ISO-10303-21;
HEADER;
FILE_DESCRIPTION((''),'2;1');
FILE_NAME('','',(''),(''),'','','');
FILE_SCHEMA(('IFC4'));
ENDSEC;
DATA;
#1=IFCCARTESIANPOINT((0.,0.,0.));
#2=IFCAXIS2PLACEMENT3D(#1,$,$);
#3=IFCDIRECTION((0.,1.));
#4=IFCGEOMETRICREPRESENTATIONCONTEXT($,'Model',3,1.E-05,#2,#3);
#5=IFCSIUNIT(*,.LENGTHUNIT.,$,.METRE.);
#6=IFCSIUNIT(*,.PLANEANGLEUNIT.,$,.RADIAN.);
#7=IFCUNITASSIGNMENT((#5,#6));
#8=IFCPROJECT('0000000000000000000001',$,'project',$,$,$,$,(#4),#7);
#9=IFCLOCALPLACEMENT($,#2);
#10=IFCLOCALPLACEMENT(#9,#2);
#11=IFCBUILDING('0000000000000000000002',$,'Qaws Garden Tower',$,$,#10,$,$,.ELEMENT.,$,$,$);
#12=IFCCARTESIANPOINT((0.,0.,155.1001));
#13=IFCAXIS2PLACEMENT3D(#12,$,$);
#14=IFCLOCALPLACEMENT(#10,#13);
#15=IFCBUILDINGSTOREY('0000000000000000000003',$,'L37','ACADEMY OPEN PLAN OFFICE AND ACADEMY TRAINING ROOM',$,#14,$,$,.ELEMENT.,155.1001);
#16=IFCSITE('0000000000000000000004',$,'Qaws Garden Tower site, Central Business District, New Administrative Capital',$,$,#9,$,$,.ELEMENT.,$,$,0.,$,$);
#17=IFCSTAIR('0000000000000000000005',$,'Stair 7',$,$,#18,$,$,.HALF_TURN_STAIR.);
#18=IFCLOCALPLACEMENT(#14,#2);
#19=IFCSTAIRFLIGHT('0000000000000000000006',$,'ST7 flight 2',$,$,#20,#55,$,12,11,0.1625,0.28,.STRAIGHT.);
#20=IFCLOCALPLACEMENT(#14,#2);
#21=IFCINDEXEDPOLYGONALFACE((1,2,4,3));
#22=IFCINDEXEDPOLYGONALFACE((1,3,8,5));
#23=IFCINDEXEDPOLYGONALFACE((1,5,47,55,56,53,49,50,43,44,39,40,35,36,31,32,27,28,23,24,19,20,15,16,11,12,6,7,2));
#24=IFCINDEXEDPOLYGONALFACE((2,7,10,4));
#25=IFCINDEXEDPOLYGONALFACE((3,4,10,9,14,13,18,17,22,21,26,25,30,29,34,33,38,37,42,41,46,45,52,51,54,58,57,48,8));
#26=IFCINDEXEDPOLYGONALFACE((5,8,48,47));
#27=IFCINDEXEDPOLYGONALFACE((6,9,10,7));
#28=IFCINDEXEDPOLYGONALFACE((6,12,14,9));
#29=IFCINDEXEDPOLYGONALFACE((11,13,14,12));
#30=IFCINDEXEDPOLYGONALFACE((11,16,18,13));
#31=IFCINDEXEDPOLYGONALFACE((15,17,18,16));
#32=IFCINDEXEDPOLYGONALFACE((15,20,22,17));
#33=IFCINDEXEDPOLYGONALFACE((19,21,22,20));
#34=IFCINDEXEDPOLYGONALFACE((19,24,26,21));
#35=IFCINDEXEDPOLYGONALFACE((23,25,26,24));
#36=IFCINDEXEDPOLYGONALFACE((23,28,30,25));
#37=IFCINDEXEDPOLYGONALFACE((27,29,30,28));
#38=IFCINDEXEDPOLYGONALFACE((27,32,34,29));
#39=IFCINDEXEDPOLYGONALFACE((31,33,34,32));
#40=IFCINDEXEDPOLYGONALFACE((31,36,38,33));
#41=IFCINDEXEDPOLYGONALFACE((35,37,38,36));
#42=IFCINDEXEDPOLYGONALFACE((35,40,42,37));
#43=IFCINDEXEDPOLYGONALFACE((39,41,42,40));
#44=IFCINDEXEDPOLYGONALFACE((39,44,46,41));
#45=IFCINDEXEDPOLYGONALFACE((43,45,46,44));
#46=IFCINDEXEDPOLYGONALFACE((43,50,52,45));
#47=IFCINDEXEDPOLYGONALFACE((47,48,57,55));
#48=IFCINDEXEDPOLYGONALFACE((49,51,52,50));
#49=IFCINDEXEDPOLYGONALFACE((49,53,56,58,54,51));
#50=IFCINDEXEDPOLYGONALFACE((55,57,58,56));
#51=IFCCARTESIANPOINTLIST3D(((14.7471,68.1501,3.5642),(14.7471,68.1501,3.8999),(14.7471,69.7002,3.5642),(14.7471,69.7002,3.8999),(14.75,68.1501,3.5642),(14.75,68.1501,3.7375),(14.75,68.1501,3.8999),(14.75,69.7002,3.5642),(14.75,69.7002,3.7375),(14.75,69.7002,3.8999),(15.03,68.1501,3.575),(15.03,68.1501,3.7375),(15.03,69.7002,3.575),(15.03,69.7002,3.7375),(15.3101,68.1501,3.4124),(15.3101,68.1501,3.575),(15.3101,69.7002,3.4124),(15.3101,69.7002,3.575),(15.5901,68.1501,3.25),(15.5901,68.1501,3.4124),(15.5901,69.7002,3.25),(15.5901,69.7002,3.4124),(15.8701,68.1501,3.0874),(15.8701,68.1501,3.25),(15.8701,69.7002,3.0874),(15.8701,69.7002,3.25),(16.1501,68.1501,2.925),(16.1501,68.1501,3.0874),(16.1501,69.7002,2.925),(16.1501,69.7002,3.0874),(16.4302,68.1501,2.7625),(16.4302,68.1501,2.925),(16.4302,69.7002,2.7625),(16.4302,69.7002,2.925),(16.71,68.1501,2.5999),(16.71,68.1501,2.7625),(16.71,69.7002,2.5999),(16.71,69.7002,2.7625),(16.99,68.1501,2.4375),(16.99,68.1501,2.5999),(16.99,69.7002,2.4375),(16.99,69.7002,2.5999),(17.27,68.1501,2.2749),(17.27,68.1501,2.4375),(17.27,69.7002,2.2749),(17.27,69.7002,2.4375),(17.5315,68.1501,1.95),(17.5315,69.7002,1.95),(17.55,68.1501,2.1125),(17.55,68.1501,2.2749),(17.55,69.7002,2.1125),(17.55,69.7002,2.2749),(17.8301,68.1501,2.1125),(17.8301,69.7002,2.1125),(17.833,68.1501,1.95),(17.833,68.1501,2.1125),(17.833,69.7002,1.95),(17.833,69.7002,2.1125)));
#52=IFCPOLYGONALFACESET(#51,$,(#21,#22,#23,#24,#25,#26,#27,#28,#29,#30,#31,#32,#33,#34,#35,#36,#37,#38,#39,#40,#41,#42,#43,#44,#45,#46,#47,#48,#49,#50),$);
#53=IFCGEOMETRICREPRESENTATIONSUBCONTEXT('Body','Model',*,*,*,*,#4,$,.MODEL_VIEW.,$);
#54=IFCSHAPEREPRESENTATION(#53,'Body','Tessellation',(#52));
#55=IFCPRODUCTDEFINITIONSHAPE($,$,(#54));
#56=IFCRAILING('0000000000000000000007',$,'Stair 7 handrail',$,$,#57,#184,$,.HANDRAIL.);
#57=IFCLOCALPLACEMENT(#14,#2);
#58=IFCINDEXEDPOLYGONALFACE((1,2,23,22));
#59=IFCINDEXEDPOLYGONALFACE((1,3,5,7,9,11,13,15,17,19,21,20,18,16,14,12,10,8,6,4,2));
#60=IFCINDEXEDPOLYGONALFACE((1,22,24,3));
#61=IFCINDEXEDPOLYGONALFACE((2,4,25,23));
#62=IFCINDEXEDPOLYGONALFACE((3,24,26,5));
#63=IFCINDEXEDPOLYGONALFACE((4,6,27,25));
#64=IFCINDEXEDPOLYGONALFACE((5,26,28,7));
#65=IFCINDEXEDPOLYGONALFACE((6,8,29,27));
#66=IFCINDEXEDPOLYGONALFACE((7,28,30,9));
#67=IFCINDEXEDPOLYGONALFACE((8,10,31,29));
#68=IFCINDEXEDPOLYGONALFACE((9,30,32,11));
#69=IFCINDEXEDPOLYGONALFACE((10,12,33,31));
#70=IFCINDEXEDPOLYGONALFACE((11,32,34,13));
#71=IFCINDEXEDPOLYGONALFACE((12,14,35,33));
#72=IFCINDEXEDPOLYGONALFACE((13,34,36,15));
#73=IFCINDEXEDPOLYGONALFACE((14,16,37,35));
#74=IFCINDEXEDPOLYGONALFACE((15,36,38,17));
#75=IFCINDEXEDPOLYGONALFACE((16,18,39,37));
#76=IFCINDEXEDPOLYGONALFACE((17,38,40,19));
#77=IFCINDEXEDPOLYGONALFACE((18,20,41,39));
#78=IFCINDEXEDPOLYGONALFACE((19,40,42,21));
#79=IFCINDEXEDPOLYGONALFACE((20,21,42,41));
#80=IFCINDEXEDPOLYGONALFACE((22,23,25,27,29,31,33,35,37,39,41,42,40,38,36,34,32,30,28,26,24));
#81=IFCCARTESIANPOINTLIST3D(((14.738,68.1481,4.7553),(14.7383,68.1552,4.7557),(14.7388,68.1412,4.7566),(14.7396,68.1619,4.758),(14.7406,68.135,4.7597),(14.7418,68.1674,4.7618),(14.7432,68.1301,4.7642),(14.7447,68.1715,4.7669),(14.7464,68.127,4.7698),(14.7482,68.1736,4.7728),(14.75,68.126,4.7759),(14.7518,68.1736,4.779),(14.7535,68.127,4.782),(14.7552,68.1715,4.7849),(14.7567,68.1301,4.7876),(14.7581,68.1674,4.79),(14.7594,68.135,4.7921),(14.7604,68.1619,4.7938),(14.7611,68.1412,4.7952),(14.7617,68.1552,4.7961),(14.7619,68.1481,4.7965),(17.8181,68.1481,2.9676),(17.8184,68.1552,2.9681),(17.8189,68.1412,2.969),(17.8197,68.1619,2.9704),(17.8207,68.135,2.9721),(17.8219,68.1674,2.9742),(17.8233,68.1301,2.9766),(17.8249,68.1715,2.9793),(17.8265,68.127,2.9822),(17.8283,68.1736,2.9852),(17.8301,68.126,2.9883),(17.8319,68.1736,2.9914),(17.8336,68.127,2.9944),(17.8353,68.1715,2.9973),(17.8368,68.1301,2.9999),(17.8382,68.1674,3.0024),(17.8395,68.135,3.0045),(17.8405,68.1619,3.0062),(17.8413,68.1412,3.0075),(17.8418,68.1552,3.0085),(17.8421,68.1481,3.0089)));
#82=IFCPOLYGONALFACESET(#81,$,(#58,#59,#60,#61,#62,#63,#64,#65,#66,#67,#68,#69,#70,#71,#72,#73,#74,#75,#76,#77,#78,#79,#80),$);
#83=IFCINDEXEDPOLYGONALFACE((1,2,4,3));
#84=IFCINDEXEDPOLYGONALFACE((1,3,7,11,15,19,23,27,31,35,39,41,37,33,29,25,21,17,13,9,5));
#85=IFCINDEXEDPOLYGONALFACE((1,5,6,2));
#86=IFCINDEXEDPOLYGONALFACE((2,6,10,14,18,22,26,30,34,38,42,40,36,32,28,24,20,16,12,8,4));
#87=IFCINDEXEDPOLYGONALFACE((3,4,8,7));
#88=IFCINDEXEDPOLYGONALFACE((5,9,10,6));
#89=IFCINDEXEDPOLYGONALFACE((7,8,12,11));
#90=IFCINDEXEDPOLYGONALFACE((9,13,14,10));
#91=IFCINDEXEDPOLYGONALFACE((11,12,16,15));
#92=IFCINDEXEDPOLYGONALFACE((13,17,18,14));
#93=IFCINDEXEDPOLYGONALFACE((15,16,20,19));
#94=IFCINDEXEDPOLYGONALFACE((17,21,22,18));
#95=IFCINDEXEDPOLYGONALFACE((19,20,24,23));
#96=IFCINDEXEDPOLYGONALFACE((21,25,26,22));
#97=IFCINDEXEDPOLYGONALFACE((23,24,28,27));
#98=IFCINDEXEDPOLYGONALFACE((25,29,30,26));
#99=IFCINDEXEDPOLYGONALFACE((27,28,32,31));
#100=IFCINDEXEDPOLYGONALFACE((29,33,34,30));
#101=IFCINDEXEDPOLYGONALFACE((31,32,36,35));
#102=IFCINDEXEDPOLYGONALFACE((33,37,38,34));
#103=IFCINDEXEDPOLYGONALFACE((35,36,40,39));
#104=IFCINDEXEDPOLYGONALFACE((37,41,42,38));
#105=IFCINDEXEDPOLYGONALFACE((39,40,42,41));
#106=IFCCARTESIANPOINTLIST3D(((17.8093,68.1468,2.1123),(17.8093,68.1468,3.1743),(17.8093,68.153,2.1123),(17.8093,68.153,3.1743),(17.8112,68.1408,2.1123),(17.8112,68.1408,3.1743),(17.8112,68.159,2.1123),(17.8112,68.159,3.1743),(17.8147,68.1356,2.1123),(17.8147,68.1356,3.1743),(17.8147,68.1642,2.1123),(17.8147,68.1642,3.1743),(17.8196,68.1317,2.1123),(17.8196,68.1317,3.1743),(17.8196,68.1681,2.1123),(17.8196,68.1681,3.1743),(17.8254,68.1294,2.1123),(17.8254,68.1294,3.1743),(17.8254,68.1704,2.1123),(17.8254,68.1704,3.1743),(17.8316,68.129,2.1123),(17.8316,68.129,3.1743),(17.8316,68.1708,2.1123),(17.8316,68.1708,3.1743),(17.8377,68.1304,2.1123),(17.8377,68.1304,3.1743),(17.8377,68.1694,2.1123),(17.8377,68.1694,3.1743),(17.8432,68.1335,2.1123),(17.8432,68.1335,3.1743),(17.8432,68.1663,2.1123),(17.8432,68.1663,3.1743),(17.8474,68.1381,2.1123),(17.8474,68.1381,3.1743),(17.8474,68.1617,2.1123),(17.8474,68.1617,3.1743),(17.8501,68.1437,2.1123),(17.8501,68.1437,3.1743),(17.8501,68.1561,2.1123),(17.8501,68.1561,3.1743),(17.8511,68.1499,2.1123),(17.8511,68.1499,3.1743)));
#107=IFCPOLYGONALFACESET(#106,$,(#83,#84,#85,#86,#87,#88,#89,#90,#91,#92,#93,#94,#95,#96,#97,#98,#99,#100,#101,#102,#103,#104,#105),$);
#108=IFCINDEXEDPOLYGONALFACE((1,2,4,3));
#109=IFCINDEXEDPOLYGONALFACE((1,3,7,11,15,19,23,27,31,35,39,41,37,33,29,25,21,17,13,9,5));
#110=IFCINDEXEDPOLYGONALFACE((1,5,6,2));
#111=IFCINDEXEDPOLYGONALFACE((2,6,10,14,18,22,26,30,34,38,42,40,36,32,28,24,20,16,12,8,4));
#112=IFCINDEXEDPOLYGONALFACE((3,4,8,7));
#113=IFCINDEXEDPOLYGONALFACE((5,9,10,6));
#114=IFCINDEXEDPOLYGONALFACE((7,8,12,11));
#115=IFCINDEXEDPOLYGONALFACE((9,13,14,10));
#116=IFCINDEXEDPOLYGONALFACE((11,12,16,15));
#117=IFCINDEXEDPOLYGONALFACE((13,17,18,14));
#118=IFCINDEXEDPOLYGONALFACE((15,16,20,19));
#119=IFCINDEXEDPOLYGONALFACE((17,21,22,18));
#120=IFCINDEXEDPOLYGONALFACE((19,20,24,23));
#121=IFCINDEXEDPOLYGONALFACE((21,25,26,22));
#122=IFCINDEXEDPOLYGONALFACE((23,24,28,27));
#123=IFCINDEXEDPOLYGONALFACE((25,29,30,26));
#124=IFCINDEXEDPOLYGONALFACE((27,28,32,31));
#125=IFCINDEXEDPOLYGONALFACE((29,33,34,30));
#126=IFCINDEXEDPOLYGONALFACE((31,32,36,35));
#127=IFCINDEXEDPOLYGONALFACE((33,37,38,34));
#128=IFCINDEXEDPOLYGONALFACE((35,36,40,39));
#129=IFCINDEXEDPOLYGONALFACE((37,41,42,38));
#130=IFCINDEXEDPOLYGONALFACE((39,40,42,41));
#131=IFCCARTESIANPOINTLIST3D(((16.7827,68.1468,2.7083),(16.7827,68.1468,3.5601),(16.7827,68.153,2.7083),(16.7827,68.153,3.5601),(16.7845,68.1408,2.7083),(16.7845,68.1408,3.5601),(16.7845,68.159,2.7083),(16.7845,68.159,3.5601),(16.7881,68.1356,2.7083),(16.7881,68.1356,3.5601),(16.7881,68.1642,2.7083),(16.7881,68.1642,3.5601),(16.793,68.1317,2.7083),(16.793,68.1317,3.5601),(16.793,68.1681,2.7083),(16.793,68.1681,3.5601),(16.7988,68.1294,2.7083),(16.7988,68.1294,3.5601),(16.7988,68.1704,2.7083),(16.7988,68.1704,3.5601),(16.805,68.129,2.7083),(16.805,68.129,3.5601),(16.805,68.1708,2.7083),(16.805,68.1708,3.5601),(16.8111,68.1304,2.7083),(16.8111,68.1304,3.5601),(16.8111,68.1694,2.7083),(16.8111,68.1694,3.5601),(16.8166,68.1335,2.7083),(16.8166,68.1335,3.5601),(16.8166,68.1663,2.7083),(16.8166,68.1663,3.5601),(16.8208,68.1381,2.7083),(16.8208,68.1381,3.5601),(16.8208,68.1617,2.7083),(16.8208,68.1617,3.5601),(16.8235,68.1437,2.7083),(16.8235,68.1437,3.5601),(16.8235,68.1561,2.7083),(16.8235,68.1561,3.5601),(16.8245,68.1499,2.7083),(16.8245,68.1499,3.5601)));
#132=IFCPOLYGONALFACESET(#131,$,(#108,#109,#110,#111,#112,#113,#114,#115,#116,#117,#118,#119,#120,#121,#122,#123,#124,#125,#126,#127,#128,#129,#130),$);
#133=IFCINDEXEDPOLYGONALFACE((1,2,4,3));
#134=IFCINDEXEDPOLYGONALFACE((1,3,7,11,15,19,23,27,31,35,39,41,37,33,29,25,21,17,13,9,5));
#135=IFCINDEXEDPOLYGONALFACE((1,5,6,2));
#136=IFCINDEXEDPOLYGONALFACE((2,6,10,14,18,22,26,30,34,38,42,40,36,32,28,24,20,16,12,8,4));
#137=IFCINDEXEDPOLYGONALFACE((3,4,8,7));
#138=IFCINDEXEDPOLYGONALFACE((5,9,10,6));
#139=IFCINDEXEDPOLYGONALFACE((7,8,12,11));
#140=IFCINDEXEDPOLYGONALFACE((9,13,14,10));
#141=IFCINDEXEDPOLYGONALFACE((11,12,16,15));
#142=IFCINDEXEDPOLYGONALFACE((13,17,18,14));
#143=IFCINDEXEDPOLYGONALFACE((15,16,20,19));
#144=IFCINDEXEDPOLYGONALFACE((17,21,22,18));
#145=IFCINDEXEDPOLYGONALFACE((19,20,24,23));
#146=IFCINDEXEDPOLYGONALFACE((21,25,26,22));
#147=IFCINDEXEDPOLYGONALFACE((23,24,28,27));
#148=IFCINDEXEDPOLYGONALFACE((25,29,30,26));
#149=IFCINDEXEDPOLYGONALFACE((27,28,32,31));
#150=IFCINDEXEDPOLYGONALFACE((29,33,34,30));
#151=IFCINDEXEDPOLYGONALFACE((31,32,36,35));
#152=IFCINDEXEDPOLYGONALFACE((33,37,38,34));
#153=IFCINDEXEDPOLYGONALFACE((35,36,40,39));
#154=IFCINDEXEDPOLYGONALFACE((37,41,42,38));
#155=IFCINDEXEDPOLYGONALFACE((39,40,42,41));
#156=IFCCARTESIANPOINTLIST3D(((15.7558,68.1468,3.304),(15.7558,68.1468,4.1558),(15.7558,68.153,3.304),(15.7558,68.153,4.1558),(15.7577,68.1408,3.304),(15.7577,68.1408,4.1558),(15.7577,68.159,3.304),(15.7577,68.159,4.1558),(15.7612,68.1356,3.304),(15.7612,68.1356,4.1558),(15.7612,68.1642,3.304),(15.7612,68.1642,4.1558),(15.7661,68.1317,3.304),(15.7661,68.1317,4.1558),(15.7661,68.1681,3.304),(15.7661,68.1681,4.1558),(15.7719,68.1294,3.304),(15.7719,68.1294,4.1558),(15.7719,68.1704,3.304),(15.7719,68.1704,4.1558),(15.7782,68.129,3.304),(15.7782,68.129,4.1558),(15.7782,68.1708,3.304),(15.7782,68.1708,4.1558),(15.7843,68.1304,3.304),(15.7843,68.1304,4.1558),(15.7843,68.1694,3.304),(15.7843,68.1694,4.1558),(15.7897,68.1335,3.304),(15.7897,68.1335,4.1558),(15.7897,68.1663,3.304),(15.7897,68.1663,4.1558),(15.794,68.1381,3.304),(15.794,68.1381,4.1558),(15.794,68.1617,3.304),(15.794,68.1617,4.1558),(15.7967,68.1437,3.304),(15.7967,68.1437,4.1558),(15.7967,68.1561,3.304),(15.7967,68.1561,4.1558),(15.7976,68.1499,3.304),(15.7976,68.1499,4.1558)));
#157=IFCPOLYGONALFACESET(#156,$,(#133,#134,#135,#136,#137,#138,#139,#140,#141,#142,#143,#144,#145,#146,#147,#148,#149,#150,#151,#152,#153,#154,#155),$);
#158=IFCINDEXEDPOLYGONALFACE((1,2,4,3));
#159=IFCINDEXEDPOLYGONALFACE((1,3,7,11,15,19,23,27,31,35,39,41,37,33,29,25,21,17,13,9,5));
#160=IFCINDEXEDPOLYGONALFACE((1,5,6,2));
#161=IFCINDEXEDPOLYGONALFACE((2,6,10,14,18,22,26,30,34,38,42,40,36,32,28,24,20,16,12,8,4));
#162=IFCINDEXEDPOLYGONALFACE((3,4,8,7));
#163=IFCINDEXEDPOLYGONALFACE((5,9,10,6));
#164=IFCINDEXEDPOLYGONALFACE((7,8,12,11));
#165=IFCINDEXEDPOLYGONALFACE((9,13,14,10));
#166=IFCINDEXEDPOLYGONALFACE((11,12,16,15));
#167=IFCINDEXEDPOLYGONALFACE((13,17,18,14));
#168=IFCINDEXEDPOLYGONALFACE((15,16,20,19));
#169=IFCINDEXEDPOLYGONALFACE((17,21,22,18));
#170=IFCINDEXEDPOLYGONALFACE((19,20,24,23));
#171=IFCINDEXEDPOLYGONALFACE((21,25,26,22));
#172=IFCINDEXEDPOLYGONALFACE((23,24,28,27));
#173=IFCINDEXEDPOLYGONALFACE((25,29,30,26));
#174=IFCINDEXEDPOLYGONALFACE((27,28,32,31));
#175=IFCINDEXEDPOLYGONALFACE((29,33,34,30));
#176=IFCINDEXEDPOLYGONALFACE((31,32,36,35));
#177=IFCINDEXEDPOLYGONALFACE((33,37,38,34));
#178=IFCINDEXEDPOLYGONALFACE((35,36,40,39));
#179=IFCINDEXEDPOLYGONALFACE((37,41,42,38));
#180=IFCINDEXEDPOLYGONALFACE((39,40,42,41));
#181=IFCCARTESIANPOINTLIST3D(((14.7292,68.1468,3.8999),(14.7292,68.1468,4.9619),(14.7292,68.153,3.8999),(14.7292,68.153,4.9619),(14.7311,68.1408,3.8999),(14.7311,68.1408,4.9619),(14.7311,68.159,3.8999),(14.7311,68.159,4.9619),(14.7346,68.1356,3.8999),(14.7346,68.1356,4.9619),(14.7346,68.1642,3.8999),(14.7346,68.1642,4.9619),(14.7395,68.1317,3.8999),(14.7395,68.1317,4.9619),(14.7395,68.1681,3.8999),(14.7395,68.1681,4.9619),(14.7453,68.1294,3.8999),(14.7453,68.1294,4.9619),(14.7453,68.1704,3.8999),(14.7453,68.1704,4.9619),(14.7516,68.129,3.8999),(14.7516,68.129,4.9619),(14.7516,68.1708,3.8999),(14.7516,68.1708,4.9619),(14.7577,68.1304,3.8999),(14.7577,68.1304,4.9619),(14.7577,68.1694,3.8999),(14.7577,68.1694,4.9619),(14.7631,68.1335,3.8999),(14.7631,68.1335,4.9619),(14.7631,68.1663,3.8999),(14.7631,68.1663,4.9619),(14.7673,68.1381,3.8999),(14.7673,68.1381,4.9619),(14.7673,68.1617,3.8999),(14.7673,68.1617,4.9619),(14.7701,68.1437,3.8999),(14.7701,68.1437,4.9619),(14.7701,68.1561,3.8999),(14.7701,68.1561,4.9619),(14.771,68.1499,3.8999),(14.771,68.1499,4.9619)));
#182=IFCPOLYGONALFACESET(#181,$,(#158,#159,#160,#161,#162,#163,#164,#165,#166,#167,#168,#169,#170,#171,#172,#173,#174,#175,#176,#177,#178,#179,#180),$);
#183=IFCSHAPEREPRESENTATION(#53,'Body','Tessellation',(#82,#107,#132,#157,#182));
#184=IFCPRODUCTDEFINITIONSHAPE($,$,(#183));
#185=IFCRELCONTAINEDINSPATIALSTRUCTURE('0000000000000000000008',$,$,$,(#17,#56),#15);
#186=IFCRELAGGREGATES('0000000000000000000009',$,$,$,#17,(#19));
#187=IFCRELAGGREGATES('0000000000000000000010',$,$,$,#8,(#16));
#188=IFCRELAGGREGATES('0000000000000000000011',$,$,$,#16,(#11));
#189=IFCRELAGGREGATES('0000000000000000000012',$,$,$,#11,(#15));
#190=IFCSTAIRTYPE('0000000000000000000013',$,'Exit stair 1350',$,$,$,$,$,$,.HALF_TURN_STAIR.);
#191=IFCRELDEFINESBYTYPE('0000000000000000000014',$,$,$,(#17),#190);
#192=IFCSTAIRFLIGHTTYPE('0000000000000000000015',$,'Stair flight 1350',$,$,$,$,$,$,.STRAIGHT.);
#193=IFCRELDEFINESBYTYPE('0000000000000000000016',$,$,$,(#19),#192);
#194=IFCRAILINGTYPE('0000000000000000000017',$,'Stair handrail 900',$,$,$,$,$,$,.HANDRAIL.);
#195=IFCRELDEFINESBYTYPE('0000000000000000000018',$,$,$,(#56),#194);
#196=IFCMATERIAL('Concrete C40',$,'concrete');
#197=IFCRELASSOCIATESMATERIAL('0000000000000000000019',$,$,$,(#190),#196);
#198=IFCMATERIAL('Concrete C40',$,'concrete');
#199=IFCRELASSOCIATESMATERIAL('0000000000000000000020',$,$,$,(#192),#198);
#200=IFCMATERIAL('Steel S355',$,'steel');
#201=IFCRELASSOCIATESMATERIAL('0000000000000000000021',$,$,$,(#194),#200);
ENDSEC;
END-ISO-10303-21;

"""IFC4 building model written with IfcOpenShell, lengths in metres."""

from ifc_helpers import new_model, si_unit, direction, frame, origin, origin_2d, place, context, subcontext, project, spatial, polyline, circle, outline, extrude, material, type_object, element, aggregate, save


model = new_model("IFC4")

# Units and contexts
model_context = context("Model", 3, precision=1e-05, world=origin(), true_north=direction((0.0, 1.0)))
body_context = subcontext(model_context, "Body", "Model", "MODEL_VIEW")
ifc_project = project(units=[si_unit("LENGTHUNIT", "METRE"), si_unit("PLANEANGLEUNIT", "RADIAN")], contexts=[model_context])

# Site, building, storey
site_placement = place(None, origin())
site = spatial("IfcSite", under=ifc_project, at=site_placement, Name="Qaws Garden Tower site, Central Business District, New Administrative Capital", CompositionType="ELEMENT", RefElevation=0.0)
building_placement = place(site_placement, origin())
building = spatial("IfcBuilding", under=site, at=building_placement, Name="Qaws Garden Tower", CompositionType="ELEMENT")
storey_placement = place(building_placement, frame((0.0, 0.0, 155.1001)))
storey = spatial("IfcBuildingStorey", under=building, at=storey_placement, Name="L37", Description="ACADEMY OPEN PLAN OFFICE AND ACADEMY TRAINING ROOM", CompositionType="ELEMENT", Elevation=155.1001)

# Stair, stair flight
ifc_material_1 = material(Name="Concrete C40", Category="concrete")
stair_type = type_object("IfcStairType", Name="Exit stair 1350", PredefinedType="HALF_TURN_STAIR", material=ifc_material_1)
stair_placement = place(storey_placement, origin())
stair = element("IfcStair", 1, at=stair_placement, inside=storey, type_object=stair_type, Name="Stair 7", PredefinedType="HALF_TURN_STAIR")
ifc_material_2 = material(Name="Concrete C40", Category="concrete")
stair_flight_type = type_object("IfcStairFlightType", Name="Stair flight 1350", PredefinedType="STRAIGHT", material=ifc_material_2)
stair_flight_placement = place(storey_placement, frame((17.8301, 68.925, 1.95), z_axis=(0.0, 0.0, 1.0), x_axis=(-1.0, 0.0, 0.0)))
stair_flight = element("IfcStairFlight", 2, at=stair_flight_placement, type_object=stair_flight_type, Name="ST7 flight 2", NumberOfRisers=12, NumberOfTreads=11, PredefinedType="STRAIGHT", RiserHeight=0.1625, TreadLength=0.28, context=body_context, shape_type="SweptSolid", body=[
    extrude(outline(polyline([(-0.0029, 0.0), (-0.0029, 0.1626), (0.0, 0.1626), (0.28, 0.1626), (0.28, 0.325), (0.5601, 0.325), (0.5601, 0.4875), (0.8401, 0.4875), (0.8401, 0.6499), (1.1201, 0.6499), (1.1201, 0.8125), (1.3999, 0.8125), (1.3999, 0.9751), (1.6799, 0.9751), (1.6799, 1.1375), (1.96, 1.1375), (1.96, 1.3), (2.24, 1.3), (2.24, 1.4624), (2.52, 1.4624), (2.52, 1.625), (2.8, 1.625), (2.8, 1.7876), (3.0801, 1.7876), (3.0801, 1.95), (3.083, 1.95), (3.083, 1.6143), (3.0801, 1.6143), (0.2986, 0.0), (-0.0029, 0.0)])), frame((0.0, 0.7749, 0.0), z_axis=(0.0, -1.0, 0.0), x_axis=(1.0, 0.0, 0.0)), (0.0, 0.0, 1.0), 1.55),
])
aggregate(stair, [stair_flight])

# Railing
ifc_material_3 = material(Name="Steel S355", Category="steel")
railing_type = type_object("IfcRailingType", Name="Stair handrail 900", PredefinedType="HANDRAIL", material=ifc_material_3)
railing_placement = place(storey_placement, frame((17.8301, 68.1499, 2.1123)))
element("IfcRailing", 3, at=railing_placement, inside=storey, type_object=railing_type, Name="Stair 7 handrail", PredefinedType="HANDRAIL", context=body_context, shape_type="SweptSolid", body=[
    extrude(circle(Radius=0.0239, at=origin_2d()), frame((0.0, 0.0, 0.876), z_axis=(-0.864891, 0.0, 0.50196), x_axis=(0.0, -1.0, 0.0)), (0.0, 0.0, 1.0), 3.5613),
    extrude(circle(Radius=0.021, at=origin_2d()), origin(), (0.0, 0.0, 1.0), 1.062),
    extrude(circle(Radius=0.021, at=origin_2d()), frame((-1.0266, 0.0, 0.5959)), (0.0, 0.0, 1.0), 0.8518),
    extrude(circle(Radius=0.021, at=origin_2d()), frame((-2.0535, 0.0, 1.1917)), (0.0, 0.0, 1.0), 0.8518),
    extrude(circle(Radius=0.021, at=origin_2d()), frame((-3.0801, 0.0, 1.7876)), (0.0, 0.0, 1.0), 1.062),
])

save(model, "model.ifc")
